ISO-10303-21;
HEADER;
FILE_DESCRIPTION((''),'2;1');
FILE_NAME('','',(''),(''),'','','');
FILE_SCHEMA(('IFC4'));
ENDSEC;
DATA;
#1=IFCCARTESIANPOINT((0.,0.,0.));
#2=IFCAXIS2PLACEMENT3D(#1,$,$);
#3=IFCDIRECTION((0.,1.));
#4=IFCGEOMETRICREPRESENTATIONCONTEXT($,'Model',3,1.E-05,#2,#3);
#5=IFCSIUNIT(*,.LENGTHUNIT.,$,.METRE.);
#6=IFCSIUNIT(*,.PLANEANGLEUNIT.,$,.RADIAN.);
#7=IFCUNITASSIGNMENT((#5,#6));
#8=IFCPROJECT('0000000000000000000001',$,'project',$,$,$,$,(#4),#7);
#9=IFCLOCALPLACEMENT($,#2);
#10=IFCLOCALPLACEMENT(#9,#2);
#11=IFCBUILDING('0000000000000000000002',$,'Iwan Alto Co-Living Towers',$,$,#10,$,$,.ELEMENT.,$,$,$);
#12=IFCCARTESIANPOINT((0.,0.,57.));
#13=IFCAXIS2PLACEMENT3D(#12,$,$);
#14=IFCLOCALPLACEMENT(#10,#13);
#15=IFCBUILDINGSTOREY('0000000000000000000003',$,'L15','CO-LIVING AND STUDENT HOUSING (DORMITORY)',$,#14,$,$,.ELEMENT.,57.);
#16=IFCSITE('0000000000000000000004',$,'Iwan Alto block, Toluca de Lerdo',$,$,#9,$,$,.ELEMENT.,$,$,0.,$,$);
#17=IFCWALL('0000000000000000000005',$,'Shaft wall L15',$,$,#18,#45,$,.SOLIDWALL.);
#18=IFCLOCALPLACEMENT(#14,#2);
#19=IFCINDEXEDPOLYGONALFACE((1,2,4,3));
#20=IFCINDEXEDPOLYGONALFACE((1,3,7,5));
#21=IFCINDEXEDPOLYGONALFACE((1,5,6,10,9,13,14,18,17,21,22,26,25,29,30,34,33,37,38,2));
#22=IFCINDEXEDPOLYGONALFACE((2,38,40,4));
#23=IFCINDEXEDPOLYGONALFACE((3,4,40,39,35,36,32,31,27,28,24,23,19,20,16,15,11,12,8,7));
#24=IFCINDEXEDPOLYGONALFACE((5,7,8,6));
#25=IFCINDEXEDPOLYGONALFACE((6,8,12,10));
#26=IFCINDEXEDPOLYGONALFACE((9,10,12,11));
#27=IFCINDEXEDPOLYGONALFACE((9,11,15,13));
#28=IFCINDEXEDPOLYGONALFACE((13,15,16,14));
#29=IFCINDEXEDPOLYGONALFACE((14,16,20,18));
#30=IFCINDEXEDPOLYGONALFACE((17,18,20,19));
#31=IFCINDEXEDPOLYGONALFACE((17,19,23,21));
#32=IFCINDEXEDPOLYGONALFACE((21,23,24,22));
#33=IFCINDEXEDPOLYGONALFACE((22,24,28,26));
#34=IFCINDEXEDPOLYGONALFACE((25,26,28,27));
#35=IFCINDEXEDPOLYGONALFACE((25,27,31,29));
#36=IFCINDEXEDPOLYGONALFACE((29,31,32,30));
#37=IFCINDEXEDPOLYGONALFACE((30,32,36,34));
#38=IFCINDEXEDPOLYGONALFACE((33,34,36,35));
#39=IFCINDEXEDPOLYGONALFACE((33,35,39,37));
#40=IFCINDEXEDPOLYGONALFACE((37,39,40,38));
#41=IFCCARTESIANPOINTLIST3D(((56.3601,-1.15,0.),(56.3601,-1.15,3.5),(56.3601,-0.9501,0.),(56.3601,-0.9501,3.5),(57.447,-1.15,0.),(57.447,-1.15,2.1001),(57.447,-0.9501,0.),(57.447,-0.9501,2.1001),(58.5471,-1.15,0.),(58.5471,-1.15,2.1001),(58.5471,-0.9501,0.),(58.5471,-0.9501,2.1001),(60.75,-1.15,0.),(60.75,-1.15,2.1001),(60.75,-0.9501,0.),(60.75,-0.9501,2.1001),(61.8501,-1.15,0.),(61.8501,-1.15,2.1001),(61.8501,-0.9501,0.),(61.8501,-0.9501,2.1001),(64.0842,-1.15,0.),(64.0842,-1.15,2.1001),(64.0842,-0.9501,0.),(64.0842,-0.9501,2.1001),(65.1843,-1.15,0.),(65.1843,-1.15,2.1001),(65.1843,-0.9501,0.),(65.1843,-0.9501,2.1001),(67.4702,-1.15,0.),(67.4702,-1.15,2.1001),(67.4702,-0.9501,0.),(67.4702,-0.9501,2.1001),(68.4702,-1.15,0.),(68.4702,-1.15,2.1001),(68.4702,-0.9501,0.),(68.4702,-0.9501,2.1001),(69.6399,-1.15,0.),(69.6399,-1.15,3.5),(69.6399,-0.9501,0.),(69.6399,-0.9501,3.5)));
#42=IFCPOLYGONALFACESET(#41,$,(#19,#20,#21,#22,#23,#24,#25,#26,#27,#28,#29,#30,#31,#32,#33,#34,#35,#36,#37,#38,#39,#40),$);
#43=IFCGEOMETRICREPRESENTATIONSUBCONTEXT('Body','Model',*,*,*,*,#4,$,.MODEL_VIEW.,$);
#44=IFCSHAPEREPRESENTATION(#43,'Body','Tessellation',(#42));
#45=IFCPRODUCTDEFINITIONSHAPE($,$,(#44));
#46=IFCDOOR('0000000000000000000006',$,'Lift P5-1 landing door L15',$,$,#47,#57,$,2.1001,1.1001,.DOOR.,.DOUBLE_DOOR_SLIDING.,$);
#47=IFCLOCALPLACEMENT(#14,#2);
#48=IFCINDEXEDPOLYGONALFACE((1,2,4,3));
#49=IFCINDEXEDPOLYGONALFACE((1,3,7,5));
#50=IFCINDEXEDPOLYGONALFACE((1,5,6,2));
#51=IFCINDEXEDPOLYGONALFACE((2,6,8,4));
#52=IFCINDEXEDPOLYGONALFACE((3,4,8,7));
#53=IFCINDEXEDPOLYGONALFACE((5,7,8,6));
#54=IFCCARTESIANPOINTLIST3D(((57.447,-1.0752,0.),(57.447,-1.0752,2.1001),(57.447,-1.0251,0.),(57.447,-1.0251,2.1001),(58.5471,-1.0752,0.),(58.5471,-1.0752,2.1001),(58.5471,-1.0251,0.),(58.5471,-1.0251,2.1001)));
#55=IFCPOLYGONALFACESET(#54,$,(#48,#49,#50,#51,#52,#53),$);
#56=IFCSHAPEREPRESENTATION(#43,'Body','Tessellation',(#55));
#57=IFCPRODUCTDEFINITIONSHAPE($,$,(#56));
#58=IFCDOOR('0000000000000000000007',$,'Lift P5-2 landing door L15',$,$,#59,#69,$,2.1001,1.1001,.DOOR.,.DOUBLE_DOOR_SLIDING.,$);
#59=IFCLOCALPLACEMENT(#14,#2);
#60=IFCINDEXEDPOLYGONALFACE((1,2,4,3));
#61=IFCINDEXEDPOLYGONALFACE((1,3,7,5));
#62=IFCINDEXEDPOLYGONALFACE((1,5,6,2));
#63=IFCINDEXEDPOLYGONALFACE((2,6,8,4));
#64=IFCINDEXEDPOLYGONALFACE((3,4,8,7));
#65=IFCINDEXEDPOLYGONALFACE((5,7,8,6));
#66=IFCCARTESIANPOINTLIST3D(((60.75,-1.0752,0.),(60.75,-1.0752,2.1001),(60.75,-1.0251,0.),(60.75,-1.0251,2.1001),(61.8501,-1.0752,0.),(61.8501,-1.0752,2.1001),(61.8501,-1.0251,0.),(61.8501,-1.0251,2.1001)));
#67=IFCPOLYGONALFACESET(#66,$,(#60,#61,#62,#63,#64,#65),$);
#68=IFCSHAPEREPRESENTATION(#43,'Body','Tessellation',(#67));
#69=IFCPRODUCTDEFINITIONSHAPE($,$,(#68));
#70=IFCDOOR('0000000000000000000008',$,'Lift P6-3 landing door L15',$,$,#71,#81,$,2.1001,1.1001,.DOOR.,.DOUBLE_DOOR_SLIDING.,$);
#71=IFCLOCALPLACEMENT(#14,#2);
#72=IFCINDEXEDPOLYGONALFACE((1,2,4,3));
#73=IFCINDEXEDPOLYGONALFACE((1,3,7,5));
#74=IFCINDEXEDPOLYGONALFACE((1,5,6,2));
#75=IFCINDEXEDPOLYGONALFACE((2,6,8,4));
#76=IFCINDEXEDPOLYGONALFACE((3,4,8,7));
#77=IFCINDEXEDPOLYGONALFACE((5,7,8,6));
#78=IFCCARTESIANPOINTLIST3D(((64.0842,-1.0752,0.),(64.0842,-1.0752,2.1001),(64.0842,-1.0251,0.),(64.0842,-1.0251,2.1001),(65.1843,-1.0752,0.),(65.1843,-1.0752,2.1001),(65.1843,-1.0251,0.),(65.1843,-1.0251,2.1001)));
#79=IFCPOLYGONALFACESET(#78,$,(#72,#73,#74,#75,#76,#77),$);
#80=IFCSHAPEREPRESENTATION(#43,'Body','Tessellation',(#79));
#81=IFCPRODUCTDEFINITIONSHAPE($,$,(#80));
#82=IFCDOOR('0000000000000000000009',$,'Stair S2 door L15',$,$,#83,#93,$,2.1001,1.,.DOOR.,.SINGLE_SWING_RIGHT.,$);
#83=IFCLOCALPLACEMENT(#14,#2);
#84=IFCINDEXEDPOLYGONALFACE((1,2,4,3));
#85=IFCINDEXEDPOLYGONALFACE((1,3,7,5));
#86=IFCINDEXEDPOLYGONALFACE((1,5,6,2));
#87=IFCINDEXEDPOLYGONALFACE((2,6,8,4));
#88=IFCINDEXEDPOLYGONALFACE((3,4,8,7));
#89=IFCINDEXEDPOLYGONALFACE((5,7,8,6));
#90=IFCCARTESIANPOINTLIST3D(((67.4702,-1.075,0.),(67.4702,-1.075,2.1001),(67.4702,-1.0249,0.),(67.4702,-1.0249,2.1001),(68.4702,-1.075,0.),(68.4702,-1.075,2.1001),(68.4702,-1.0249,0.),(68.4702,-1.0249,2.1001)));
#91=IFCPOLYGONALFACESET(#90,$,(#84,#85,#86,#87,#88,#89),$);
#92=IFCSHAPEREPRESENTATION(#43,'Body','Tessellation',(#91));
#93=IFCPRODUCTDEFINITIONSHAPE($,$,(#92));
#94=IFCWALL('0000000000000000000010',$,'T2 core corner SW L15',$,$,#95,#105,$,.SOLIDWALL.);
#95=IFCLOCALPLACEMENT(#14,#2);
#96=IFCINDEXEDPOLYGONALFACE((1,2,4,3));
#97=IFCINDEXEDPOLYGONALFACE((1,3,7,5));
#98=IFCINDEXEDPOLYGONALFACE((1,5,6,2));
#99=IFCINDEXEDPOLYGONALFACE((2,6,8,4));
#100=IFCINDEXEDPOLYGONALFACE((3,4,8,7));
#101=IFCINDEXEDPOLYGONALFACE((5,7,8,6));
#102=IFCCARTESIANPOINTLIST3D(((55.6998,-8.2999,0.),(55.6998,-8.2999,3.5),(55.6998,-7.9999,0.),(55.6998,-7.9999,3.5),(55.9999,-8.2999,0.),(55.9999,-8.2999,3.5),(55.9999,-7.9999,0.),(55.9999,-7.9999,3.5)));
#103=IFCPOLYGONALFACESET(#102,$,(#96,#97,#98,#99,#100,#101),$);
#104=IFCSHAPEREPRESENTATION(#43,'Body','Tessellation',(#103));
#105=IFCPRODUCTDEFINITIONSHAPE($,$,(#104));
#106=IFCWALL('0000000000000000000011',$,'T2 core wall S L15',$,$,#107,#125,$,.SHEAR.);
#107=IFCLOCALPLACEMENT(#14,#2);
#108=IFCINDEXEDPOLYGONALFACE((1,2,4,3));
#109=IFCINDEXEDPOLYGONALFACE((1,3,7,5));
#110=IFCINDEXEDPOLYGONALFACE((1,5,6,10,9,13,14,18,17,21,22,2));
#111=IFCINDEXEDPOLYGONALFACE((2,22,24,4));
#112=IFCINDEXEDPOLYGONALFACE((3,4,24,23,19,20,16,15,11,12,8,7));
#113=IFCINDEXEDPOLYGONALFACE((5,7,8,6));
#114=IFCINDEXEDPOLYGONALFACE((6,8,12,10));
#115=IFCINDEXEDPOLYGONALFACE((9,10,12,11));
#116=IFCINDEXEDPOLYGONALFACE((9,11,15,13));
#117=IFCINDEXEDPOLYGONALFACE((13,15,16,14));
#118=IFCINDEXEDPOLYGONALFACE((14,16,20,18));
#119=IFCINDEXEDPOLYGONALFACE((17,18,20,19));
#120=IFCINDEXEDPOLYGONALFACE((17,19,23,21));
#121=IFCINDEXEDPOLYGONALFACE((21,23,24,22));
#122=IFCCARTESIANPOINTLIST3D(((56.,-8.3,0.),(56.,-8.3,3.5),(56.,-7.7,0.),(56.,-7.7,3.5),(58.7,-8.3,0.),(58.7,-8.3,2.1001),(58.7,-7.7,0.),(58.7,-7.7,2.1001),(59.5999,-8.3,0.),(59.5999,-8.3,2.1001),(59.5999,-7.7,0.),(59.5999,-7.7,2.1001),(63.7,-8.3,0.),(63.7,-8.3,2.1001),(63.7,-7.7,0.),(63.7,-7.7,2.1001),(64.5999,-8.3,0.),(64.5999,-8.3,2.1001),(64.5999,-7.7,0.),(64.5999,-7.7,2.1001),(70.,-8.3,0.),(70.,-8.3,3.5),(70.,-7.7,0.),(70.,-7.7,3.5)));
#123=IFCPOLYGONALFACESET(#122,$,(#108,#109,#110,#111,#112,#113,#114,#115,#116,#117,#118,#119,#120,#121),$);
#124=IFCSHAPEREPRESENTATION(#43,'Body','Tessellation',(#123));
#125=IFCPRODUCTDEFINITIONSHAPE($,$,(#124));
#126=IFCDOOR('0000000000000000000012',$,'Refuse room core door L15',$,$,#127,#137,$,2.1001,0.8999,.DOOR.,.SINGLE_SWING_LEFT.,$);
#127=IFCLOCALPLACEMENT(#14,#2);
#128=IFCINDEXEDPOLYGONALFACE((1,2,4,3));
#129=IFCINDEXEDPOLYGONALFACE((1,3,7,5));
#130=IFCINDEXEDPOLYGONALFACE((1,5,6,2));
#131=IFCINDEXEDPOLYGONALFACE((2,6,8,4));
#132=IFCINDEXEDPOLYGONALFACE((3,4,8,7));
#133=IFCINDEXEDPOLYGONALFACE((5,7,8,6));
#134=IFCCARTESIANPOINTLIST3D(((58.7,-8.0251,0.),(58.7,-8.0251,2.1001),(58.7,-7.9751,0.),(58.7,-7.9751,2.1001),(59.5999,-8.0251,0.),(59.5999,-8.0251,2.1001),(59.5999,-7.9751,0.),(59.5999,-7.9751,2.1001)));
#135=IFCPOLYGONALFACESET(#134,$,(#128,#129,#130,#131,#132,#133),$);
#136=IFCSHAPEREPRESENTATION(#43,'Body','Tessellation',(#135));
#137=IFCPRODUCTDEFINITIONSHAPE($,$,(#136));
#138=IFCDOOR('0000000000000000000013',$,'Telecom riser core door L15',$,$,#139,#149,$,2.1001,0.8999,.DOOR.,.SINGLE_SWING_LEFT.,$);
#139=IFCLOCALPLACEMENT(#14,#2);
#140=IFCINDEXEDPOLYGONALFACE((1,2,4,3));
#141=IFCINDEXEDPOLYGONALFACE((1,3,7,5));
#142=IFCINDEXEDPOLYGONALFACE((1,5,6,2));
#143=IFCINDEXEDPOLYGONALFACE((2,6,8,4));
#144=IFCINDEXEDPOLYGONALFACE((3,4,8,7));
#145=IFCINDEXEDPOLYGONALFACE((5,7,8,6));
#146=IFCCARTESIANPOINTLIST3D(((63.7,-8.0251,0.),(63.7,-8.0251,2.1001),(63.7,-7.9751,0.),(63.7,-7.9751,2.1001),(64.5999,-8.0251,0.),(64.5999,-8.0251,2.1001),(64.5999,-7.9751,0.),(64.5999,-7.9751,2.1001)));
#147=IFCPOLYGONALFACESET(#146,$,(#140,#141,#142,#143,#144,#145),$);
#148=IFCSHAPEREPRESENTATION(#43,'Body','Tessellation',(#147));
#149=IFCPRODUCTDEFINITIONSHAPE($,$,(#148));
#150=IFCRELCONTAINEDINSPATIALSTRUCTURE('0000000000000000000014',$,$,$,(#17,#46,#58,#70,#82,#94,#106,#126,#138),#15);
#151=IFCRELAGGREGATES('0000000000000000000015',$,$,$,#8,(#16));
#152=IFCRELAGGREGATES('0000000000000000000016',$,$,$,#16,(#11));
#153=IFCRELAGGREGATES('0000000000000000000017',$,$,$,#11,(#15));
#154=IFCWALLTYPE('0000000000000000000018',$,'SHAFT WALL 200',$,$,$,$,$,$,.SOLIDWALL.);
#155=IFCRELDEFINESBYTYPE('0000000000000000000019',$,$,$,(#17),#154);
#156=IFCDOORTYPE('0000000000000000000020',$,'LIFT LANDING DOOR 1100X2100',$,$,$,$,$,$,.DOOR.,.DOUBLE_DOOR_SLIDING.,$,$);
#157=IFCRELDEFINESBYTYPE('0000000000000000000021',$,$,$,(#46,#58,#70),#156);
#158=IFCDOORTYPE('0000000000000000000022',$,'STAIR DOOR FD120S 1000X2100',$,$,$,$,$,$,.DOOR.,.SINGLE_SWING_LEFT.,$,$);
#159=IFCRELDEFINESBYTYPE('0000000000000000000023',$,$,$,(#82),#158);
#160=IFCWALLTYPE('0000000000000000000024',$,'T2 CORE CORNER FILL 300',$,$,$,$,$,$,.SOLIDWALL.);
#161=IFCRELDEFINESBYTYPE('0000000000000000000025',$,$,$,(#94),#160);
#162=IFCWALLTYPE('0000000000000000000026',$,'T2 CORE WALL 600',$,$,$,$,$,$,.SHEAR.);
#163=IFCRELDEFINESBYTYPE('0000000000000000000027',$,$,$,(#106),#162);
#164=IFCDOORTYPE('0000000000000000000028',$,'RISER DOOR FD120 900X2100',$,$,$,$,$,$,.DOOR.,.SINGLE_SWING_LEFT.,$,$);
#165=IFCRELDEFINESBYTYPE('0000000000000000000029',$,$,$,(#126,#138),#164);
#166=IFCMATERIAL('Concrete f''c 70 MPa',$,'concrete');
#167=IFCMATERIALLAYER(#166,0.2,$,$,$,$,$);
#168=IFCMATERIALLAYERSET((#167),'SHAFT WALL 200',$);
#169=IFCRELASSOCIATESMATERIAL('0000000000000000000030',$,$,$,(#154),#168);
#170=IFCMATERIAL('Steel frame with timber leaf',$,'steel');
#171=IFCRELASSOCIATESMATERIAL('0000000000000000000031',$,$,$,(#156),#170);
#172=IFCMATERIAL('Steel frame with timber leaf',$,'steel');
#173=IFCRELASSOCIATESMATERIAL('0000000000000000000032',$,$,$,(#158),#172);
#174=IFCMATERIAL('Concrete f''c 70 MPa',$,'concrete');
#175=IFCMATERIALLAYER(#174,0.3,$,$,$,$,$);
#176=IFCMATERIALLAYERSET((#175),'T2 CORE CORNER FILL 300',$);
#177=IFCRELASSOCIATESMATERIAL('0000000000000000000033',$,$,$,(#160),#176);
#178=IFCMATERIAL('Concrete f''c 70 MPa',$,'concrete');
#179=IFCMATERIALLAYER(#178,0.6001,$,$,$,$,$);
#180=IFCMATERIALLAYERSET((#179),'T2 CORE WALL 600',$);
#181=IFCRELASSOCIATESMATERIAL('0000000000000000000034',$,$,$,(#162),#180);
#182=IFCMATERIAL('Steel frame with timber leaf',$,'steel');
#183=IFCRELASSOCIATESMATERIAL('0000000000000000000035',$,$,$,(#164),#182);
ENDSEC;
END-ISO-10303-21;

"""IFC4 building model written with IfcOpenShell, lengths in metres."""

from ifc_helpers import new_model, si_unit, direction, frame, frame_2d, origin, place, context, subcontext, project, spatial, rectangle, extrude, material, layer, layer_set, type_object, element, fill, save


model = new_model("IFC4")

# Units and contexts
model_context = context("Model", 3, precision=1e-05, world=origin(), true_north=direction((0.0, 1.0)))
body_context = subcontext(model_context, "Body", "Model", "MODEL_VIEW")
ifc_project = project(units=[si_unit("LENGTHUNIT", "METRE"), si_unit("PLANEANGLEUNIT", "RADIAN")], contexts=[model_context])

# Site, building, storey
site_placement = place(None, origin())
site = spatial("IfcSite", under=ifc_project, at=site_placement, Name="Iwan Alto block, Toluca de Lerdo", CompositionType="ELEMENT", RefElevation=0.0)
building_placement = place(site_placement, origin())
building = spatial("IfcBuilding", under=site, at=building_placement, Name="Iwan Alto Co-Living Towers", CompositionType="ELEMENT")
storey_placement = place(building_placement, frame((0.0, 0.0, 57.0)))
storey = spatial("IfcBuildingStorey", under=building, at=storey_placement, Name="L15", Description="CO-LIVING AND STUDENT HOUSING (DORMITORY)", CompositionType="ELEMENT", Elevation=57.0)

# Shared definitions
ifc_material_1 = material(Name="Concrete f'c 70 MPa", Category="concrete")
ifc_layer_1 = layer(ifc_material_1, 0.2)
ifc_layer_set_1 = layer_set([ifc_layer_1], Name="SHAFT WALL 200")
wall_type_1 = type_object("IfcWallType", Name="SHAFT WALL 200", PredefinedType="SOLIDWALL", material=ifc_layer_set_1)

# Wall, openings, doors
wall_1_placement = place(storey_placement, frame((56.3601, -1.05, 0.0), z_axis=(0.0, 0.0, 1.0), x_axis=(1.0, 0.0, 0.0)))
wall_1 = element("IfcWall", 1, at=wall_1_placement, inside=storey, type_object=wall_type_1, Name="Shaft wall L15", PredefinedType="SOLIDWALL", context=body_context, shape_type="SweptSolid", body=[
    extrude(rectangle(XDim=13.2798, YDim=0.2, at=frame_2d((6.6399, 0.0))), origin(), (0.0, 0.0, 1.0), 3.5),
])
opening_1_placement = place(wall_1_placement, frame((11.1101, 0.0, 0.0)))
opening_1 = element("IfcOpeningElement", 2, at=opening_1_placement, cuts=wall_1, PredefinedType="OPENING", context=body_context, shape_type="SweptSolid", body=[
    extrude(rectangle(XDim=1.0, YDim=2.1001, at=frame_2d((0.5, 1.05))), frame((0.0, 0.1099, 0.0), z_axis=(0.0, -1.0, 0.0), x_axis=(1.0, 0.0, 0.0)), (0.0, 0.0, 1.0), 0.22),
])
opening_2_placement = place(wall_1_placement, frame((1.0869, 0.0, 0.0)))
opening_2 = element("IfcOpeningElement", 3, at=opening_2_placement, cuts=wall_1, PredefinedType="OPENING", context=body_context, shape_type="SweptSolid", body=[
    extrude(rectangle(XDim=1.1001, YDim=2.1001, at=frame_2d((0.55, 1.05))), frame((0.0, 0.1099, 0.0), z_axis=(0.0, -1.0, 0.0), x_axis=(1.0, 0.0, 0.0)), (0.0, 0.0, 1.0), 0.22),
])
opening_3_placement = place(wall_1_placement, frame((4.3899, 0.0, 0.0)))
opening_3 = element("IfcOpeningElement", 4, at=opening_3_placement, cuts=wall_1, PredefinedType="OPENING", context=body_context, shape_type="SweptSolid", body=[
    extrude(rectangle(XDim=1.1001, YDim=2.1001, at=frame_2d((0.55, 1.05))), frame((0.0, 0.1099, 0.0), z_axis=(0.0, -1.0, 0.0), x_axis=(1.0, 0.0, 0.0)), (0.0, 0.0, 1.0), 0.22),
])
opening_4_placement = place(wall_1_placement, frame((7.7241, 0.0, 0.0)))
opening_4 = element("IfcOpeningElement", 5, at=opening_4_placement, cuts=wall_1, PredefinedType="OPENING", context=body_context, shape_type="SweptSolid", body=[
    extrude(rectangle(XDim=1.1001, YDim=2.1001, at=frame_2d((0.55, 1.05))), frame((0.0, 0.1099, 0.0), z_axis=(0.0, -1.0, 0.0), x_axis=(1.0, 0.0, 0.0)), (0.0, 0.0, 1.0), 0.22),
])
ifc_material_2 = material(Name="Steel frame with timber leaf", Category="steel")
door_type_1 = type_object("IfcDoorType", Name="LIFT LANDING DOOR 1100X2100", OperationType="DOUBLE_DOOR_SLIDING", PredefinedType="DOOR", material=ifc_material_2)
door_1_placement = place(opening_2_placement, origin())
door_1 = element("IfcDoor", 6, at=door_1_placement, inside=storey, type_object=door_type_1, Name="Lift P5-1 landing door L15", OperationType="DOUBLE_DOOR_SLIDING", OverallHeight=2.1001, OverallWidth=1.1001, PredefinedType="DOOR", context=body_context, shape_type="SweptSolid", body=[
    extrude(rectangle(XDim=1.1001, YDim=2.1001, at=frame_2d((0.55, 1.05))), frame((0.0, 0.0249, 0.0), z_axis=(0.0, -1.0, 0.0), x_axis=(1.0, 0.0, 0.0)), (0.0, 0.0, 1.0), 0.05),
])
fill(opening_2, door_1)
door_2_placement = place(opening_3_placement, origin())
door_2 = element("IfcDoor", 7, at=door_2_placement, inside=storey, type_object=door_type_1, Name="Lift P5-2 landing door L15", OperationType="DOUBLE_DOOR_SLIDING", OverallHeight=2.1001, OverallWidth=1.1001, PredefinedType="DOOR", context=body_context, shape_type="SweptSolid", body=[
    extrude(rectangle(XDim=1.1001, YDim=2.1001, at=frame_2d((0.55, 1.05))), frame((0.0, 0.0249, 0.0), z_axis=(0.0, -1.0, 0.0), x_axis=(1.0, 0.0, 0.0)), (0.0, 0.0, 1.0), 0.05),
])
fill(opening_3, door_2)
door_3_placement = place(opening_4_placement, origin())
door_3 = element("IfcDoor", 8, at=door_3_placement, inside=storey, type_object=door_type_1, Name="Lift P6-3 landing door L15", OperationType="DOUBLE_DOOR_SLIDING", OverallHeight=2.1001, OverallWidth=1.1001, PredefinedType="DOOR", context=body_context, shape_type="SweptSolid", body=[
    extrude(rectangle(XDim=1.1001, YDim=2.1001, at=frame_2d((0.55, 1.05))), frame((0.0, 0.0249, 0.0), z_axis=(0.0, -1.0, 0.0), x_axis=(1.0, 0.0, 0.0)), (0.0, 0.0, 1.0), 0.05),
])
fill(opening_4, door_3)
ifc_material_3 = material(Name="Steel frame with timber leaf", Category="steel")
door_type_2 = type_object("IfcDoorType", Name="STAIR DOOR FD120S 1000X2100", OperationType="SINGLE_SWING_LEFT", PredefinedType="DOOR", material=ifc_material_3)
door_4_placement = place(opening_1_placement, frame((1.0, 0.0, 0.0), z_axis=(0.0, 0.0, 1.0), x_axis=(-1.0, 0.0, 0.0)))
door_4 = element("IfcDoor", 9, at=door_4_placement, inside=storey, type_object=door_type_2, Name="Stair S2 door L15", OperationType="SINGLE_SWING_RIGHT", OverallHeight=2.1001, OverallWidth=1.0, PredefinedType="DOOR", context=body_context, shape_type="SweptSolid", body=[
    extrude(rectangle(XDim=1.0, YDim=2.1001, at=frame_2d((0.5, 1.05))), frame((0.0, 0.0249, 0.0), z_axis=(0.0, -1.0, 0.0), x_axis=(1.0, 0.0, 0.0)), (0.0, 0.0, 1.0), 0.05),
])
fill(opening_1, door_4)

# Wall
ifc_material_4 = material(Name="Concrete f'c 70 MPa", Category="concrete")
ifc_layer_2 = layer(ifc_material_4, 0.3)
ifc_layer_set_2 = layer_set([ifc_layer_2], Name="T2 CORE CORNER FILL 300")
wall_type_2 = type_object("IfcWallType", Name="T2 CORE CORNER FILL 300", PredefinedType="SOLIDWALL", material=ifc_layer_set_2)
wall_2_placement = place(storey_placement, frame((55.7, -8.1499, 0.0), z_axis=(0.0, 0.0, 1.0), x_axis=(1.0, 0.0, 0.0)))
element("IfcWall", 10, at=wall_2_placement, inside=storey, type_object=wall_type_2, Name="T2 core corner SW L15", PredefinedType="SOLIDWALL", context=body_context, shape_type="SweptSolid", body=[
    extrude(rectangle(XDim=0.3, YDim=0.3, at=frame_2d((0.1499, 0.0))), origin(), (0.0, 0.0, 1.0), 3.5),
])

# Wall, openings, doors
ifc_material_5 = material(Name="Concrete f'c 70 MPa", Category="concrete")
ifc_layer_3 = layer(ifc_material_5, 0.6001)
ifc_layer_set_3 = layer_set([ifc_layer_3], Name="T2 CORE WALL 600")
wall_type_3 = type_object("IfcWallType", Name="T2 CORE WALL 600", PredefinedType="SHEAR", material=ifc_layer_set_3)
wall_3_placement = place(storey_placement, frame((56.0, -8.0, 0.0), z_axis=(0.0, 0.0, 1.0), x_axis=(1.0, 0.0, 0.0)))
wall_3 = element("IfcWall", 11, at=wall_3_placement, inside=storey, type_object=wall_type_3, Name="T2 core wall S L15", PredefinedType="SHEAR", context=body_context, shape_type="SweptSolid", body=[
    extrude(rectangle(XDim=14.0, YDim=0.6001, at=frame_2d((7.0, 0.0))), origin(), (0.0, 0.0, 1.0), 3.5),
])
opening_5_placement = place(wall_3_placement, frame((2.7, 0.0, 0.0)))
opening_5 = element("IfcOpeningElement", 12, at=opening_5_placement, cuts=wall_3, PredefinedType="OPENING", context=body_context, shape_type="SweptSolid", body=[
    extrude(rectangle(XDim=0.8999, YDim=2.1001, at=frame_2d((0.45, 1.05))), frame((0.0, 0.3101, 0.0), z_axis=(0.0, -1.0, 0.0), x_axis=(1.0, 0.0, 0.0)), (0.0, 0.0, 1.0), 0.6201),
])
opening_6_placement = place(wall_3_placement, frame((7.7, 0.0, 0.0)))
opening_6 = element("IfcOpeningElement", 13, at=opening_6_placement, cuts=wall_3, PredefinedType="OPENING", context=body_context, shape_type="SweptSolid", body=[
    extrude(rectangle(XDim=0.8999, YDim=2.1001, at=frame_2d((0.45, 1.05))), frame((0.0, 0.3101, 0.0), z_axis=(0.0, -1.0, 0.0), x_axis=(1.0, 0.0, 0.0)), (0.0, 0.0, 1.0), 0.6201),
])
ifc_material_6 = material(Name="Steel frame with timber leaf", Category="steel")
door_type_3 = type_object("IfcDoorType", Name="RISER DOOR FD120 900X2100", OperationType="SINGLE_SWING_LEFT", PredefinedType="DOOR", material=ifc_material_6)
door_5_placement = place(opening_5_placement, origin())
door_5 = element("IfcDoor", 14, at=door_5_placement, inside=storey, type_object=door_type_3, Name="Refuse room core door L15", OperationType="SINGLE_SWING_LEFT", OverallHeight=2.1001, OverallWidth=0.8999, PredefinedType="DOOR", context=body_context, shape_type="SweptSolid", body=[
    extrude(rectangle(XDim=0.8999, YDim=2.1001, at=frame_2d((0.45, 1.05))), frame((0.0, 0.0249, 0.0), z_axis=(0.0, -1.0, 0.0), x_axis=(1.0, 0.0, 0.0)), (0.0, 0.0, 1.0), 0.05),
])
fill(opening_5, door_5)
door_6_placement = place(opening_6_placement, origin())
door_6 = element("IfcDoor", 15, at=door_6_placement, inside=storey, type_object=door_type_3, Name="Telecom riser core door L15", OperationType="SINGLE_SWING_LEFT", OverallHeight=2.1001, OverallWidth=0.8999, PredefinedType="DOOR", context=body_context, shape_type="SweptSolid", body=[
    extrude(rectangle(XDim=0.8999, YDim=2.1001, at=frame_2d((0.45, 1.05))), frame((0.0, 0.0249, 0.0), z_axis=(0.0, -1.0, 0.0), x_axis=(1.0, 0.0, 0.0)), (0.0, 0.0, 1.0), 0.05),
])
fill(opening_6, door_6)

save(model, "model.ifc")
